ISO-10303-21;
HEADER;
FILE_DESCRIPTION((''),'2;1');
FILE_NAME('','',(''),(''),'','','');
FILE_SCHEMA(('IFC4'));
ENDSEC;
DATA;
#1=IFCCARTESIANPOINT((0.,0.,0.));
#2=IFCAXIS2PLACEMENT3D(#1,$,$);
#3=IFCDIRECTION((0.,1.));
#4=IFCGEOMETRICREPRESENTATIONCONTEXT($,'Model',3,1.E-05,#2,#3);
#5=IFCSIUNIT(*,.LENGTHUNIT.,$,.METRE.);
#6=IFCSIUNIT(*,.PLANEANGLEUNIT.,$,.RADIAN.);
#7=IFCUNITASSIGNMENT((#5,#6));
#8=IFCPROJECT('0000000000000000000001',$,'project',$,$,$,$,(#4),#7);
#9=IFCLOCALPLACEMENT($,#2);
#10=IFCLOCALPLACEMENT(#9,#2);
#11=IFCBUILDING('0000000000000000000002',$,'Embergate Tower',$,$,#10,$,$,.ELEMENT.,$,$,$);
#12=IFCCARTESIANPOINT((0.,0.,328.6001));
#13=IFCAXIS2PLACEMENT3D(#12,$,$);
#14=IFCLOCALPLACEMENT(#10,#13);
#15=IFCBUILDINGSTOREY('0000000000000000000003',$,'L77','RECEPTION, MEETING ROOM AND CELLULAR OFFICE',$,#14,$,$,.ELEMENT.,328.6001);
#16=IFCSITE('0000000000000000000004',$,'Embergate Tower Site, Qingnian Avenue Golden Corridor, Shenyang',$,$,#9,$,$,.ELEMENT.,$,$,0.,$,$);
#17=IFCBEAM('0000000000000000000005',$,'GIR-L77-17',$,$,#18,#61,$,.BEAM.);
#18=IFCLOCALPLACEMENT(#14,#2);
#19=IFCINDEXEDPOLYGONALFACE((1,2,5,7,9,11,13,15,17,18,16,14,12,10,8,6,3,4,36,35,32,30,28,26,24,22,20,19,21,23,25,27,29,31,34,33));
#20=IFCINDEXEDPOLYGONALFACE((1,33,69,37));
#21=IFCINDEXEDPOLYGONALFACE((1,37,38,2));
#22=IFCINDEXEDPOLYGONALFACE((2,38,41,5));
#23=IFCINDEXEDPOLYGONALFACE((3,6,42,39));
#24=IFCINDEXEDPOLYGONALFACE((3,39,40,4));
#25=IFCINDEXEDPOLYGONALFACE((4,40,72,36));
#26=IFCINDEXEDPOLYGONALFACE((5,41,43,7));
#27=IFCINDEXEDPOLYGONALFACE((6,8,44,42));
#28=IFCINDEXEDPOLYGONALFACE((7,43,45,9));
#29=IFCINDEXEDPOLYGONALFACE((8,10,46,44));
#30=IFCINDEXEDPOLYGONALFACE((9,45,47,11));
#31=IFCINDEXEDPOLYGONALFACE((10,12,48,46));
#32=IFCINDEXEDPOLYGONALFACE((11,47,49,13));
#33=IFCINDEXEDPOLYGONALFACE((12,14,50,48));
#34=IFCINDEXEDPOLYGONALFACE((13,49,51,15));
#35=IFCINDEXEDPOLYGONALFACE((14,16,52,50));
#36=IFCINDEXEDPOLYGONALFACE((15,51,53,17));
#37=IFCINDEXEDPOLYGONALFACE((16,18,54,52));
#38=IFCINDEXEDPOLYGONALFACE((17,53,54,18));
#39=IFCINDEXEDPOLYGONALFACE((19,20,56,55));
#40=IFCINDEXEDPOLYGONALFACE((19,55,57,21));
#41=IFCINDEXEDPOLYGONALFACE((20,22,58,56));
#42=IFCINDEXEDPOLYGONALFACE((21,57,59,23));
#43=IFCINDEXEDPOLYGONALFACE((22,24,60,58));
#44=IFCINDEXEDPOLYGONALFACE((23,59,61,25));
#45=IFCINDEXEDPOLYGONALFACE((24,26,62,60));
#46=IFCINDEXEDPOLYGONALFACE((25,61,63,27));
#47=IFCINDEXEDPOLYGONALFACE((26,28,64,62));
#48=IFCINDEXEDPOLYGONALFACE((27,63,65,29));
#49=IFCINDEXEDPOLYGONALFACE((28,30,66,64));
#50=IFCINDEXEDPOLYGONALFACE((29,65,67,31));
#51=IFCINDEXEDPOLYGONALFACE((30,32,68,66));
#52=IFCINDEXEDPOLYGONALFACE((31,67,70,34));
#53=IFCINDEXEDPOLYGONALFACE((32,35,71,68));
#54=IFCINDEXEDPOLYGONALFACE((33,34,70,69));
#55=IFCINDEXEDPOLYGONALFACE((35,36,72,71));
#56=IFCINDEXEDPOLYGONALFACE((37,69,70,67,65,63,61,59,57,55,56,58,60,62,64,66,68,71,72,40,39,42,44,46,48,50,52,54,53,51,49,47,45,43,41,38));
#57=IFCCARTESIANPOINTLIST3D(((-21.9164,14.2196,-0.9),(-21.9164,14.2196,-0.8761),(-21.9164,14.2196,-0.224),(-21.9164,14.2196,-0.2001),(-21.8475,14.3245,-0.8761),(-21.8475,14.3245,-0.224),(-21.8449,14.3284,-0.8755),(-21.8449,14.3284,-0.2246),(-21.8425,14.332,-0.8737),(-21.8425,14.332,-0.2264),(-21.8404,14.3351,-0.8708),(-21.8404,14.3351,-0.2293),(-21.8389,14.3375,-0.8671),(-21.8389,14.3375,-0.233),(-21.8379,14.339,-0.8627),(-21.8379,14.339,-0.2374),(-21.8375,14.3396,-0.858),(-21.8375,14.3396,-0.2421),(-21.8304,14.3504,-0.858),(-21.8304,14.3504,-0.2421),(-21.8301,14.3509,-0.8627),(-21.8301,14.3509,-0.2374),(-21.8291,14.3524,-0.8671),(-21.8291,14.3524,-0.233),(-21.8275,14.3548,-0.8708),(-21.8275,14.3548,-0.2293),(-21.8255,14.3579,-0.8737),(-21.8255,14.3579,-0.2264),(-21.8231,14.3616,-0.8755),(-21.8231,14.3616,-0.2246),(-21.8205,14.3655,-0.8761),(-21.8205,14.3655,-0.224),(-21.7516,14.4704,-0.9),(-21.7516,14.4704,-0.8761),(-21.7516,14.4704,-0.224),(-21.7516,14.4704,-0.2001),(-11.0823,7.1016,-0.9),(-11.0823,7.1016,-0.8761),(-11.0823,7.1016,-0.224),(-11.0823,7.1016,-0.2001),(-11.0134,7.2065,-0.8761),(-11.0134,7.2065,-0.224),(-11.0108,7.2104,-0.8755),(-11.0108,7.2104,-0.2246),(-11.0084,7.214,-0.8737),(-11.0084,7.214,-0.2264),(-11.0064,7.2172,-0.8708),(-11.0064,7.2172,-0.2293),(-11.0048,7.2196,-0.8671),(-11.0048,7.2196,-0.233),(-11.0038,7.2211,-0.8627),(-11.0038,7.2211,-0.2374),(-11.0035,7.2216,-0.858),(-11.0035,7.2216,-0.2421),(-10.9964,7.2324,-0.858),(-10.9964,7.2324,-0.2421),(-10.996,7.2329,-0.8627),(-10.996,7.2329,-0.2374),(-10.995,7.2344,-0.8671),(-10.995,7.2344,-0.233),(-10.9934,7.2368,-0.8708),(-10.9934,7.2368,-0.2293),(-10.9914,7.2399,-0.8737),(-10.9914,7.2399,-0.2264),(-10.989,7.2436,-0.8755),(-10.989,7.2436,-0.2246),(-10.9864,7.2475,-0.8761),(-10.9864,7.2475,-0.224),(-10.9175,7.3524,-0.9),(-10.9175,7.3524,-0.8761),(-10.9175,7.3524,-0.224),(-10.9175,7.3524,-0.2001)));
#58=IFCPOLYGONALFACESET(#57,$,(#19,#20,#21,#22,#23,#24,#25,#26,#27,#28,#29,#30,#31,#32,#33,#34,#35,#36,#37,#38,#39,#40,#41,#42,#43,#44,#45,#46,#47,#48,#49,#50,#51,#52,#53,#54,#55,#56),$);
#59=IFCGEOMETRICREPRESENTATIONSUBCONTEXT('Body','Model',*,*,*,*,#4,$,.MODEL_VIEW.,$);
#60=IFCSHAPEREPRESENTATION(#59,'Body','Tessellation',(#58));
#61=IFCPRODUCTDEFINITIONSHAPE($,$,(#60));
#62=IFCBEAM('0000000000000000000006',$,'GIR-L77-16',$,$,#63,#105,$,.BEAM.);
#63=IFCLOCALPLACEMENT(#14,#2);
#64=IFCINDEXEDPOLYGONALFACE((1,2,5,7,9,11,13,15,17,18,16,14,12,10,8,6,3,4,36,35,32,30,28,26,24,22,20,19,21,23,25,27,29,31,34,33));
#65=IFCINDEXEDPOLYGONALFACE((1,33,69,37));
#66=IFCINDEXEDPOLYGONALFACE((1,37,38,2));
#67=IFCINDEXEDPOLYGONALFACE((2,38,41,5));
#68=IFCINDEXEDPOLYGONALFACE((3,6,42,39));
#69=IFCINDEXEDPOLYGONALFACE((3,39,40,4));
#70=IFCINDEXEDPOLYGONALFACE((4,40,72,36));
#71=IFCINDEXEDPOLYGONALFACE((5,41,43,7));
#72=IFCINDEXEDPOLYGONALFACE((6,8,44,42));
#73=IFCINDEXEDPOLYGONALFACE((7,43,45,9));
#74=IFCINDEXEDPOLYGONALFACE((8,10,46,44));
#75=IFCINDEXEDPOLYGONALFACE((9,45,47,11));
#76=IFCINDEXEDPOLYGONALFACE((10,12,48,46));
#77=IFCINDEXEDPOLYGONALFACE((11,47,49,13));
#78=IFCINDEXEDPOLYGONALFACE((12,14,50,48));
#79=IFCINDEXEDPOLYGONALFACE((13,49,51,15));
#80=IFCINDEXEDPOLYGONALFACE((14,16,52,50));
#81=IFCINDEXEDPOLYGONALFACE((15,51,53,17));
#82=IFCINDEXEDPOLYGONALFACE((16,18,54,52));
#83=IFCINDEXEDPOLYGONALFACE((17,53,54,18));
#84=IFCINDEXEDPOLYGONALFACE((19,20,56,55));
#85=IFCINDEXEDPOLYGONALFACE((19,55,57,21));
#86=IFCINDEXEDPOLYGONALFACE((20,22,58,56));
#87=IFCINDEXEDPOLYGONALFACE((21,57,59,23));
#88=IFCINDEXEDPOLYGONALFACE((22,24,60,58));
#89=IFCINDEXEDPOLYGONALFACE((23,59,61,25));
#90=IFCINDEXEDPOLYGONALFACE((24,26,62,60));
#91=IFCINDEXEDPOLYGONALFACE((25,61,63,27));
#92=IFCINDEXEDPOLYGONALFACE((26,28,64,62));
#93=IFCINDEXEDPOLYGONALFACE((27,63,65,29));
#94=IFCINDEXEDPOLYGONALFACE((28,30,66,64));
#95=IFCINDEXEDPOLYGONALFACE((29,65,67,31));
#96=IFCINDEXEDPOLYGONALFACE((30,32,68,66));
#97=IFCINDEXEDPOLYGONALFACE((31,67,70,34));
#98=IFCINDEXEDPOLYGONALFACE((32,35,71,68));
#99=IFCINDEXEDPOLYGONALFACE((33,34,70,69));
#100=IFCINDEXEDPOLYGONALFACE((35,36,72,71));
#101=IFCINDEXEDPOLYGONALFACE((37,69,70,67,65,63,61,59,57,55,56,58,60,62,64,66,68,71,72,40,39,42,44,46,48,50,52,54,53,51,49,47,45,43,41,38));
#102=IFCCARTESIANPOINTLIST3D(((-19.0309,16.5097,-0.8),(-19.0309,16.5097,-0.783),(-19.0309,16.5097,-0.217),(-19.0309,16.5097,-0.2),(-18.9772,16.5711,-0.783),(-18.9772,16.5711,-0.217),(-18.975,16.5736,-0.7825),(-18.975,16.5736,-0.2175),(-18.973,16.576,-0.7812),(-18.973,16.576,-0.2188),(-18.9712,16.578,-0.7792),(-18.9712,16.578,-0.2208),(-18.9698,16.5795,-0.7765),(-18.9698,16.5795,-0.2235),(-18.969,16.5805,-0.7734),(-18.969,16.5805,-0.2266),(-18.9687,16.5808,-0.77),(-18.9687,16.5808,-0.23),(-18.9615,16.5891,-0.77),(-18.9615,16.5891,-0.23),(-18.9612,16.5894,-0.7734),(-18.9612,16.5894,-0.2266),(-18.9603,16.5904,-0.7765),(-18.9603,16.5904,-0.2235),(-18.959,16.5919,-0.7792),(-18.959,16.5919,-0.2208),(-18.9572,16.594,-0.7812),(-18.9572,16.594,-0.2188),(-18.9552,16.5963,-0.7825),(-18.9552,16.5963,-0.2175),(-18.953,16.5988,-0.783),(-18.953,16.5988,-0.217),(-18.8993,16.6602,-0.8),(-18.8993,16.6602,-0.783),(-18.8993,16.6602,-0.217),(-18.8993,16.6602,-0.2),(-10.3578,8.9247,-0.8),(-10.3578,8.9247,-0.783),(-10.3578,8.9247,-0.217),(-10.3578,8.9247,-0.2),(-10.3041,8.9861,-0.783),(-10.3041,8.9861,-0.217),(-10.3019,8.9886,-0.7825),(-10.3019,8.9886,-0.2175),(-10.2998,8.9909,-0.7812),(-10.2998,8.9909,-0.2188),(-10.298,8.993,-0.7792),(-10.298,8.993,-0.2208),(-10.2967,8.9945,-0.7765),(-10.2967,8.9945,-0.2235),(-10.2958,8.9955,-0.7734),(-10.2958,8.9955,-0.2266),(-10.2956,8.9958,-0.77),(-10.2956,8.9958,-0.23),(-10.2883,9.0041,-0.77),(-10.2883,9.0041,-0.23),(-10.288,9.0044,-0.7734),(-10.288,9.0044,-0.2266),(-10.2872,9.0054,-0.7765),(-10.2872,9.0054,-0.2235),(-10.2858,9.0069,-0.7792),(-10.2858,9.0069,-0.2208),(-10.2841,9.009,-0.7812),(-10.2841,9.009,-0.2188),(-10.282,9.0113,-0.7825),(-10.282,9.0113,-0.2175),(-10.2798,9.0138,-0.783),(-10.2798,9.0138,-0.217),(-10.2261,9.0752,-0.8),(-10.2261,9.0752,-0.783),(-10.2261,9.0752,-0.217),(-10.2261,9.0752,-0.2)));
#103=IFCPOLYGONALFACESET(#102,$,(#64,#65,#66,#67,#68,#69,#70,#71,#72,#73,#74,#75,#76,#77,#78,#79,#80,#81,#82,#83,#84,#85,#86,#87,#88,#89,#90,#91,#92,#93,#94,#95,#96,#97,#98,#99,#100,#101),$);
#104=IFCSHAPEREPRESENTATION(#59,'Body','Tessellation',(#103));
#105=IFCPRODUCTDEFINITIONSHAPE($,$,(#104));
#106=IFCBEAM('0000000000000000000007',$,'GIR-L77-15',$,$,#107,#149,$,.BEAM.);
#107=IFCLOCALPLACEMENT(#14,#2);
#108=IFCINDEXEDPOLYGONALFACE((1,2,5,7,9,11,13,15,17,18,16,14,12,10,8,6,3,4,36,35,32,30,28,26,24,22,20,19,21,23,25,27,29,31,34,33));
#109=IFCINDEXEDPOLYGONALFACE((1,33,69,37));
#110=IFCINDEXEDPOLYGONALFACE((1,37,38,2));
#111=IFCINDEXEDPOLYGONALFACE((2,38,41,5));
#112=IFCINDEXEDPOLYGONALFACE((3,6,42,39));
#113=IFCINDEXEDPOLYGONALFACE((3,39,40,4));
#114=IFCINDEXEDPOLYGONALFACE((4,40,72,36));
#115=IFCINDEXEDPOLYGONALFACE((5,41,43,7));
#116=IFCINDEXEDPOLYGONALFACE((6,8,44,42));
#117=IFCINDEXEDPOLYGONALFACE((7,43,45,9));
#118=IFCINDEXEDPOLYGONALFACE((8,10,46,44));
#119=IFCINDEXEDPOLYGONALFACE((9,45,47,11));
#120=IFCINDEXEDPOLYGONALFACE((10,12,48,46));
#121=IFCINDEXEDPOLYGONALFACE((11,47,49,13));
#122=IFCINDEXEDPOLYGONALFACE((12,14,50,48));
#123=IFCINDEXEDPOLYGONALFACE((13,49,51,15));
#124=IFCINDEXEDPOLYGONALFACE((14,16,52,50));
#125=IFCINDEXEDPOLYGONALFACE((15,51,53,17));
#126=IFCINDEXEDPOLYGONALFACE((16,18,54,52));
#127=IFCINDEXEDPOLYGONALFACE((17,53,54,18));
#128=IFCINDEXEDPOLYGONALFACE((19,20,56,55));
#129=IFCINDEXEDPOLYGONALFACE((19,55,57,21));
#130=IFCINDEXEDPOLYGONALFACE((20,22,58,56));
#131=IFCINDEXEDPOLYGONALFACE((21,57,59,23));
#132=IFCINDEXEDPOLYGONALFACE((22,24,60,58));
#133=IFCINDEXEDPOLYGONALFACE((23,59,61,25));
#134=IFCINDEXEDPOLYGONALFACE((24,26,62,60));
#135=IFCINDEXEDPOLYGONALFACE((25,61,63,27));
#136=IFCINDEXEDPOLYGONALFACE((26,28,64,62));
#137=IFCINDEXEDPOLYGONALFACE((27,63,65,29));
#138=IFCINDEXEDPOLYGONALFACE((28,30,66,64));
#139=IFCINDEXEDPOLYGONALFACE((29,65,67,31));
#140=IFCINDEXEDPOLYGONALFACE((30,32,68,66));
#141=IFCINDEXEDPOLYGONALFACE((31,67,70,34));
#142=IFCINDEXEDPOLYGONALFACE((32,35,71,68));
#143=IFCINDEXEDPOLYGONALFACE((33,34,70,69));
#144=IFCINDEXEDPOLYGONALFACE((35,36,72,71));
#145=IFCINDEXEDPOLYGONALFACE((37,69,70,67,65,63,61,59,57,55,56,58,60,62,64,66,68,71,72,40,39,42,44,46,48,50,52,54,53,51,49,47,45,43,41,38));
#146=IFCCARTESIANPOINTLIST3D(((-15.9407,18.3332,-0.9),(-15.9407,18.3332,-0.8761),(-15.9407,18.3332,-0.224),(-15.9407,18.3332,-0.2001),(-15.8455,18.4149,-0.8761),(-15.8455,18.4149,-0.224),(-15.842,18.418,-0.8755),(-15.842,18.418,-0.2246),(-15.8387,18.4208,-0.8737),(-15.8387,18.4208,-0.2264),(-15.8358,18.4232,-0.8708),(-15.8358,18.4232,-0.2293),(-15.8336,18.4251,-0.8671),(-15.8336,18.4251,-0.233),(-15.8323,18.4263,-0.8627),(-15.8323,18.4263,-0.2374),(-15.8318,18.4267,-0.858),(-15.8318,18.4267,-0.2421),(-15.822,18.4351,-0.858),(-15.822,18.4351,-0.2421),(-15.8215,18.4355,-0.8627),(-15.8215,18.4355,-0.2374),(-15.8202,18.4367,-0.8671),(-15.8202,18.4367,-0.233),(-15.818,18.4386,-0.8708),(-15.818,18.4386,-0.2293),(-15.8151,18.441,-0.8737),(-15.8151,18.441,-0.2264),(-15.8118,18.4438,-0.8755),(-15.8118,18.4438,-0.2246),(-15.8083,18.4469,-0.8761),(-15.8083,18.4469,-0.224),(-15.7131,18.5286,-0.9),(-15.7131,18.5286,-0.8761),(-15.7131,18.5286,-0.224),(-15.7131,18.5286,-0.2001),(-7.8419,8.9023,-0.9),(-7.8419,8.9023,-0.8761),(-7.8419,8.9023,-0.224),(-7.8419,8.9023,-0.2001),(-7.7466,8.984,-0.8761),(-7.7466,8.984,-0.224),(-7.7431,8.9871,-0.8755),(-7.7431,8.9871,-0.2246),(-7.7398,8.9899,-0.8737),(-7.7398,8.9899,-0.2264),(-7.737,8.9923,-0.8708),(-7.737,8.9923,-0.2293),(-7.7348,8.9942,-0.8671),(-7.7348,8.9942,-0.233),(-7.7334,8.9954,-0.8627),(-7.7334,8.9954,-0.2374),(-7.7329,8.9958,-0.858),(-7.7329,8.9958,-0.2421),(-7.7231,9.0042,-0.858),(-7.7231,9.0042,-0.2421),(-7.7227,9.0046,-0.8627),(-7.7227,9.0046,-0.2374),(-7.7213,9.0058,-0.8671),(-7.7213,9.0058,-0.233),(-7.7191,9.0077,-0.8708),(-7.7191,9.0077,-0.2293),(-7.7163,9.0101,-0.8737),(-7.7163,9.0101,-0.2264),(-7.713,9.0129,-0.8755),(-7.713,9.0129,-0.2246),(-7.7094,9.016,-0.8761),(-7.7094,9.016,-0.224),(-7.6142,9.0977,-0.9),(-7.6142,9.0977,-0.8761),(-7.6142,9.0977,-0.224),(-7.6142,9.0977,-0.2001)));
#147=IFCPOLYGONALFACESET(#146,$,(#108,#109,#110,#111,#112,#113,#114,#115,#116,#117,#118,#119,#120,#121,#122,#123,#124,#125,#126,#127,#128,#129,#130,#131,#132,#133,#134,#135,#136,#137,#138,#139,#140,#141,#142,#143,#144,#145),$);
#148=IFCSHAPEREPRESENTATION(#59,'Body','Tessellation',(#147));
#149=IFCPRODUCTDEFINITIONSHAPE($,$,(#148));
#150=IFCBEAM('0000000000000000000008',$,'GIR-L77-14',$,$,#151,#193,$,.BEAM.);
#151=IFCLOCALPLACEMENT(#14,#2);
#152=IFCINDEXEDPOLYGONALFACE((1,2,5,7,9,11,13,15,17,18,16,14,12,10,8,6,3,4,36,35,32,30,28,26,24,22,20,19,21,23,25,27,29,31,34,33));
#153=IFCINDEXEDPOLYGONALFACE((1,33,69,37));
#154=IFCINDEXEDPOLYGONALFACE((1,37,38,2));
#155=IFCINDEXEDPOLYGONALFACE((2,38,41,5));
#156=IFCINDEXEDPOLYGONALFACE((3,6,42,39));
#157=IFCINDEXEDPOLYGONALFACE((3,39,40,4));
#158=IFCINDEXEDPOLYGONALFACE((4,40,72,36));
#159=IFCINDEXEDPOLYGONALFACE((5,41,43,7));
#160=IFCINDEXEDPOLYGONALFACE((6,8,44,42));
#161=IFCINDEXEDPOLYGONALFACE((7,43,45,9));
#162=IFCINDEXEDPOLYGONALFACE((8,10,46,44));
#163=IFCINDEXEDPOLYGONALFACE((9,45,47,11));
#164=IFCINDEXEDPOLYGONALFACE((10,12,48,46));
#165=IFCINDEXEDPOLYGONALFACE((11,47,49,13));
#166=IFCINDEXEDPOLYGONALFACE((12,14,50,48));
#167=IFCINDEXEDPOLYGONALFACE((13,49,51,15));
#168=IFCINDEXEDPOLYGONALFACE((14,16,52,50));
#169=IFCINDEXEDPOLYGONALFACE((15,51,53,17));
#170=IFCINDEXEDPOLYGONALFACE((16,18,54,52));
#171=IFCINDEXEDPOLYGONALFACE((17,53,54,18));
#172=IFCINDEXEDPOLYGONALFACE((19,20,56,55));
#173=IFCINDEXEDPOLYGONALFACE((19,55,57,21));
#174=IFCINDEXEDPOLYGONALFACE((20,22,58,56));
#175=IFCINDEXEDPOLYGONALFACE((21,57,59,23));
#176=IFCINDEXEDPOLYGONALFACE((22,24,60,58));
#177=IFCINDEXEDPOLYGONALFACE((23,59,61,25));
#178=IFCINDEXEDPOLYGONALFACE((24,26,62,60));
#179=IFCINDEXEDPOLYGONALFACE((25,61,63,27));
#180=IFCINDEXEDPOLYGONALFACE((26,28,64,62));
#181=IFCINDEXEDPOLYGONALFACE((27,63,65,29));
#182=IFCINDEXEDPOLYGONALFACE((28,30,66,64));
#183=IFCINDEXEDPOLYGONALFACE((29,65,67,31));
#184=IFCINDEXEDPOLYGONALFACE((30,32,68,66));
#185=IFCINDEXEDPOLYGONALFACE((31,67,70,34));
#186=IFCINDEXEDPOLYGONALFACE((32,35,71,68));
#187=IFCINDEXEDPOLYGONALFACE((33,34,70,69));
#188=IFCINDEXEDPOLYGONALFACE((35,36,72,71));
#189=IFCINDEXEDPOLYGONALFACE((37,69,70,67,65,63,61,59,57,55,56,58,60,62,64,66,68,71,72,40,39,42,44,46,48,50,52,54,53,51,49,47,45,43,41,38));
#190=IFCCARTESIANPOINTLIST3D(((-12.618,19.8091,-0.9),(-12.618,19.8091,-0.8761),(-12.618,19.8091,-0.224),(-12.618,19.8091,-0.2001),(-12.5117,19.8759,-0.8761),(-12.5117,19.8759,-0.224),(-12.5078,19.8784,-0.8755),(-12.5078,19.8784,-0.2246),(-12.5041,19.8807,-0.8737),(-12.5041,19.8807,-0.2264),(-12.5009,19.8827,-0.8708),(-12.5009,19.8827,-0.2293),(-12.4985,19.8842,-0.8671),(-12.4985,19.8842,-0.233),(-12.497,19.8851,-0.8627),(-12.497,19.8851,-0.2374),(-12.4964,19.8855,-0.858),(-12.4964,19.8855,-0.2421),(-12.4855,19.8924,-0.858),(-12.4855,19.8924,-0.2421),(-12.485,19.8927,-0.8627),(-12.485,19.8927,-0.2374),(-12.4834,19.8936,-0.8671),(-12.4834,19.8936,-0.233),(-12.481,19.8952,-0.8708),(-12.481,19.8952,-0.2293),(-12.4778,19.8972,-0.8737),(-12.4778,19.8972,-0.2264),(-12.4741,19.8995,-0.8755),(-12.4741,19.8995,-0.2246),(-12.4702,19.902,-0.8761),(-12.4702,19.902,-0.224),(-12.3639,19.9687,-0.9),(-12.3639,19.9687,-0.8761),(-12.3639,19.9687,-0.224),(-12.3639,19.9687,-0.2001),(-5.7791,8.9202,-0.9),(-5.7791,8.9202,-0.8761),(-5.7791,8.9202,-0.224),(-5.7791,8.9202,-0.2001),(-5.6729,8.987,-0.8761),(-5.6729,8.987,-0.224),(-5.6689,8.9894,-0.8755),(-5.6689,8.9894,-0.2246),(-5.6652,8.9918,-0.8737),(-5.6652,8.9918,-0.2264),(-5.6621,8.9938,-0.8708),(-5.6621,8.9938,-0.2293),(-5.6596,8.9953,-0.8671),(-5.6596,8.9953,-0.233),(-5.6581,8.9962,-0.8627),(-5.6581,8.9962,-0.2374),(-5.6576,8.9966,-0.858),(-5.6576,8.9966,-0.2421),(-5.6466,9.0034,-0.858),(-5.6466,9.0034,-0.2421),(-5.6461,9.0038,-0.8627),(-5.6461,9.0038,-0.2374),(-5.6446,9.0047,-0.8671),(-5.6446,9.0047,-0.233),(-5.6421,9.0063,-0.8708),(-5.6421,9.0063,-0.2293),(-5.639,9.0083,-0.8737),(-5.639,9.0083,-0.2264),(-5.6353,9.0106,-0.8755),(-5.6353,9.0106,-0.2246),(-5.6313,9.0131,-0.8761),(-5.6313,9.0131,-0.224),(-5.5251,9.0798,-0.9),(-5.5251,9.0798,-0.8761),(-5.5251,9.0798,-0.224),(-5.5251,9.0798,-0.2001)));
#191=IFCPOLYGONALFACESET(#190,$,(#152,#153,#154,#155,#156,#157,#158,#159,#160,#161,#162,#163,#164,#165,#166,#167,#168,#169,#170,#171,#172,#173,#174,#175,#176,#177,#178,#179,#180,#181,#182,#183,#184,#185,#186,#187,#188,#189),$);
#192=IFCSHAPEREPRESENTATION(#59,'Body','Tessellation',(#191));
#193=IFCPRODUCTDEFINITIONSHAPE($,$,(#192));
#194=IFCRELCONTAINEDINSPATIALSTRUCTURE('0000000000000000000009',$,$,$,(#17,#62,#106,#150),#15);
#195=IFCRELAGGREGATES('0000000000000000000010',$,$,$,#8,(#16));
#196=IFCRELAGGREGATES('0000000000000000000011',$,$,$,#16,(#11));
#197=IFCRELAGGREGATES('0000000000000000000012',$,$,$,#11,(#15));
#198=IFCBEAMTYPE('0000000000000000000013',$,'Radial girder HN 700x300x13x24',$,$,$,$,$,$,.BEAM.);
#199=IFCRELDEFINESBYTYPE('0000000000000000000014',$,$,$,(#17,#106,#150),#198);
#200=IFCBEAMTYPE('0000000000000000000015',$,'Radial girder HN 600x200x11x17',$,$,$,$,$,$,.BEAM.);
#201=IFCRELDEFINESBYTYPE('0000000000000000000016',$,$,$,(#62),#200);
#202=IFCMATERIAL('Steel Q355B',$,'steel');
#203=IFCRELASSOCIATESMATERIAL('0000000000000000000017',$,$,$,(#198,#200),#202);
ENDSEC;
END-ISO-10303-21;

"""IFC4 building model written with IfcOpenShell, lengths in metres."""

from ifc_helpers import new_model, si_unit, direction, frame, origin, origin_2d, place, context, subcontext, project, spatial, i_section, extrude, source, transform, mapped, material, material_profile, profile_set, type_object, element, save


model = new_model("IFC4")

# Units and contexts
model_context = context("Model", 3, precision=1e-05, world=origin(), true_north=direction((0.0, 1.0)))
body_context = subcontext(model_context, "Body", "Model", "MODEL_VIEW")
ifc_project = project(units=[si_unit("LENGTHUNIT", "METRE"), si_unit("PLANEANGLEUNIT", "RADIAN")], contexts=[model_context])

# Site, building, storey
site_placement = place(None, origin())
site = spatial("IfcSite", under=ifc_project, at=site_placement, Name="Embergate Tower Site, Qingnian Avenue Golden Corridor, Shenyang", CompositionType="ELEMENT", RefElevation=0.0)
building_placement = place(site_placement, origin())
building = spatial("IfcBuilding", under=site, at=building_placement, Name="Embergate Tower", CompositionType="ELEMENT")
storey_placement = place(building_placement, frame((0.0, 0.0, 328.6001)))
storey = spatial("IfcBuildingStorey", under=building, at=storey_placement, Name="L77", Description="RECEPTION, MEETING ROOM AND CELLULAR OFFICE", CompositionType="ELEMENT", Elevation=328.6001)

# Beams
ifc_material_1 = material(Name="Steel Q355B", Category="steel")
ifc_material_profile_1 = material_profile(ifc_material_1, i_section(OverallWidth=0.3, OverallDepth=0.7, WebThickness=0.0129, FlangeThickness=0.0239, FilletRadius=0.0181, at=origin_2d()), Name="HN 700x300x13x24")
ifc_profile_set_1 = profile_set([ifc_material_profile_1], Name="Steel Q355 grade B")
beam_type_1 = type_object("IfcBeamType", Name="Radial girder HN 700x300x13x24", PredefinedType="BEAM", material=ifc_profile_set_1)
shared_shape_1 = source(origin(), body_context, "Body", "SweptSolid", [
    extrude(i_section(OverallWidth=0.3, OverallDepth=0.7, WebThickness=0.0129, FlangeThickness=0.0239, FilletRadius=0.0181, at=origin_2d()), origin(), (0.0, 0.0, 1.0), 12.9631),
])
beam_1_placement = place(storey_placement, frame((-21.834, 14.345, -0.55), z_axis=(0.835761, -0.549094, 0.0), x_axis=(0.549094, 0.835761, 0.0)))
element("IfcBeam", 1, at=beam_1_placement, inside=storey, type_object=beam_type_1, Name="GIR-L77-17", PredefinedType="BEAM", context=body_context, shape_type="MappedRepresentation", body=[
    mapped(shared_shape_1, transform((0.0, 0.0, 0.0))),
])
ifc_material_profile_2 = material_profile(ifc_material_1, i_section(OverallWidth=0.2, OverallDepth=0.6001, WebThickness=0.011, FlangeThickness=0.0171, FilletRadius=0.0129, at=origin_2d()), Name="HN 600x200x11x17")
ifc_profile_set_2 = profile_set([ifc_material_profile_2], Name="Steel Q355 grade B")
beam_type_2 = type_object("IfcBeamType", Name="Radial girder HN 600x200x11x17", PredefinedType="BEAM", material=ifc_profile_set_2)
shared_shape_2 = source(origin(), body_context, "Body", "SweptSolid", [
    extrude(i_section(OverallWidth=0.2, OverallDepth=0.6001, WebThickness=0.011, FlangeThickness=0.0171, FilletRadius=0.0129, at=origin_2d()), origin(), (0.0, 0.0, 1.0), 11.522),
])
beam_2_placement = place(storey_placement, frame((-18.9651, 16.585, -0.5), z_axis=(0.752749, -0.658308, 0.0), x_axis=(0.658308, 0.752749, 0.0)))
element("IfcBeam", 2, at=beam_2_placement, inside=storey, type_object=beam_type_2, Name="GIR-L77-16", PredefinedType="BEAM", context=body_context, shape_type="MappedRepresentation", body=[
    mapped(shared_shape_2, transform((0.0, 0.0, 0.0))),
])
shared_shape_3 = source(origin(), body_context, "Body", "SweptSolid", [
    extrude(i_section(OverallWidth=0.3, OverallDepth=0.7, WebThickness=0.0129, FlangeThickness=0.0239, FilletRadius=0.0181, at=origin_2d()), origin(), (0.0, 0.0, 1.0), 12.4312),
])
beam_3_placement = place(storey_placement, frame((-15.8269, 18.4309, -0.55), z_axis=(0.651498, -0.75865, 0.0), x_axis=(0.75865, 0.651498, 0.0)))
element("IfcBeam", 3, at=beam_3_placement, inside=storey, type_object=beam_type_1, Name="GIR-L77-15", PredefinedType="BEAM", context=body_context, shape_type="MappedRepresentation", body=[
    mapped(shared_shape_3, transform((0.0, 0.0, 0.0))),
])
shared_shape_4 = source(origin(), body_context, "Body", "SweptSolid", [
    extrude(i_section(OverallWidth=0.3, OverallDepth=0.7, WebThickness=0.0129, FlangeThickness=0.0239, FilletRadius=0.0181, at=origin_2d()), origin(), (0.0, 0.0, 1.0), 12.8584),
])
beam_4_placement = place(storey_placement, frame((-12.491, 19.8889, -0.55), z_axis=(0.53186, -0.846833, 0.0), x_axis=(0.846833, 0.53186, 0.0)))
element("IfcBeam", 4, at=beam_4_placement, inside=storey, type_object=beam_type_1, Name="GIR-L77-14", PredefinedType="BEAM", context=body_context, shape_type="MappedRepresentation", body=[
    mapped(shared_shape_4, transform((0.0, 0.0, 0.0))),
])

save(model, "model.ifc")
